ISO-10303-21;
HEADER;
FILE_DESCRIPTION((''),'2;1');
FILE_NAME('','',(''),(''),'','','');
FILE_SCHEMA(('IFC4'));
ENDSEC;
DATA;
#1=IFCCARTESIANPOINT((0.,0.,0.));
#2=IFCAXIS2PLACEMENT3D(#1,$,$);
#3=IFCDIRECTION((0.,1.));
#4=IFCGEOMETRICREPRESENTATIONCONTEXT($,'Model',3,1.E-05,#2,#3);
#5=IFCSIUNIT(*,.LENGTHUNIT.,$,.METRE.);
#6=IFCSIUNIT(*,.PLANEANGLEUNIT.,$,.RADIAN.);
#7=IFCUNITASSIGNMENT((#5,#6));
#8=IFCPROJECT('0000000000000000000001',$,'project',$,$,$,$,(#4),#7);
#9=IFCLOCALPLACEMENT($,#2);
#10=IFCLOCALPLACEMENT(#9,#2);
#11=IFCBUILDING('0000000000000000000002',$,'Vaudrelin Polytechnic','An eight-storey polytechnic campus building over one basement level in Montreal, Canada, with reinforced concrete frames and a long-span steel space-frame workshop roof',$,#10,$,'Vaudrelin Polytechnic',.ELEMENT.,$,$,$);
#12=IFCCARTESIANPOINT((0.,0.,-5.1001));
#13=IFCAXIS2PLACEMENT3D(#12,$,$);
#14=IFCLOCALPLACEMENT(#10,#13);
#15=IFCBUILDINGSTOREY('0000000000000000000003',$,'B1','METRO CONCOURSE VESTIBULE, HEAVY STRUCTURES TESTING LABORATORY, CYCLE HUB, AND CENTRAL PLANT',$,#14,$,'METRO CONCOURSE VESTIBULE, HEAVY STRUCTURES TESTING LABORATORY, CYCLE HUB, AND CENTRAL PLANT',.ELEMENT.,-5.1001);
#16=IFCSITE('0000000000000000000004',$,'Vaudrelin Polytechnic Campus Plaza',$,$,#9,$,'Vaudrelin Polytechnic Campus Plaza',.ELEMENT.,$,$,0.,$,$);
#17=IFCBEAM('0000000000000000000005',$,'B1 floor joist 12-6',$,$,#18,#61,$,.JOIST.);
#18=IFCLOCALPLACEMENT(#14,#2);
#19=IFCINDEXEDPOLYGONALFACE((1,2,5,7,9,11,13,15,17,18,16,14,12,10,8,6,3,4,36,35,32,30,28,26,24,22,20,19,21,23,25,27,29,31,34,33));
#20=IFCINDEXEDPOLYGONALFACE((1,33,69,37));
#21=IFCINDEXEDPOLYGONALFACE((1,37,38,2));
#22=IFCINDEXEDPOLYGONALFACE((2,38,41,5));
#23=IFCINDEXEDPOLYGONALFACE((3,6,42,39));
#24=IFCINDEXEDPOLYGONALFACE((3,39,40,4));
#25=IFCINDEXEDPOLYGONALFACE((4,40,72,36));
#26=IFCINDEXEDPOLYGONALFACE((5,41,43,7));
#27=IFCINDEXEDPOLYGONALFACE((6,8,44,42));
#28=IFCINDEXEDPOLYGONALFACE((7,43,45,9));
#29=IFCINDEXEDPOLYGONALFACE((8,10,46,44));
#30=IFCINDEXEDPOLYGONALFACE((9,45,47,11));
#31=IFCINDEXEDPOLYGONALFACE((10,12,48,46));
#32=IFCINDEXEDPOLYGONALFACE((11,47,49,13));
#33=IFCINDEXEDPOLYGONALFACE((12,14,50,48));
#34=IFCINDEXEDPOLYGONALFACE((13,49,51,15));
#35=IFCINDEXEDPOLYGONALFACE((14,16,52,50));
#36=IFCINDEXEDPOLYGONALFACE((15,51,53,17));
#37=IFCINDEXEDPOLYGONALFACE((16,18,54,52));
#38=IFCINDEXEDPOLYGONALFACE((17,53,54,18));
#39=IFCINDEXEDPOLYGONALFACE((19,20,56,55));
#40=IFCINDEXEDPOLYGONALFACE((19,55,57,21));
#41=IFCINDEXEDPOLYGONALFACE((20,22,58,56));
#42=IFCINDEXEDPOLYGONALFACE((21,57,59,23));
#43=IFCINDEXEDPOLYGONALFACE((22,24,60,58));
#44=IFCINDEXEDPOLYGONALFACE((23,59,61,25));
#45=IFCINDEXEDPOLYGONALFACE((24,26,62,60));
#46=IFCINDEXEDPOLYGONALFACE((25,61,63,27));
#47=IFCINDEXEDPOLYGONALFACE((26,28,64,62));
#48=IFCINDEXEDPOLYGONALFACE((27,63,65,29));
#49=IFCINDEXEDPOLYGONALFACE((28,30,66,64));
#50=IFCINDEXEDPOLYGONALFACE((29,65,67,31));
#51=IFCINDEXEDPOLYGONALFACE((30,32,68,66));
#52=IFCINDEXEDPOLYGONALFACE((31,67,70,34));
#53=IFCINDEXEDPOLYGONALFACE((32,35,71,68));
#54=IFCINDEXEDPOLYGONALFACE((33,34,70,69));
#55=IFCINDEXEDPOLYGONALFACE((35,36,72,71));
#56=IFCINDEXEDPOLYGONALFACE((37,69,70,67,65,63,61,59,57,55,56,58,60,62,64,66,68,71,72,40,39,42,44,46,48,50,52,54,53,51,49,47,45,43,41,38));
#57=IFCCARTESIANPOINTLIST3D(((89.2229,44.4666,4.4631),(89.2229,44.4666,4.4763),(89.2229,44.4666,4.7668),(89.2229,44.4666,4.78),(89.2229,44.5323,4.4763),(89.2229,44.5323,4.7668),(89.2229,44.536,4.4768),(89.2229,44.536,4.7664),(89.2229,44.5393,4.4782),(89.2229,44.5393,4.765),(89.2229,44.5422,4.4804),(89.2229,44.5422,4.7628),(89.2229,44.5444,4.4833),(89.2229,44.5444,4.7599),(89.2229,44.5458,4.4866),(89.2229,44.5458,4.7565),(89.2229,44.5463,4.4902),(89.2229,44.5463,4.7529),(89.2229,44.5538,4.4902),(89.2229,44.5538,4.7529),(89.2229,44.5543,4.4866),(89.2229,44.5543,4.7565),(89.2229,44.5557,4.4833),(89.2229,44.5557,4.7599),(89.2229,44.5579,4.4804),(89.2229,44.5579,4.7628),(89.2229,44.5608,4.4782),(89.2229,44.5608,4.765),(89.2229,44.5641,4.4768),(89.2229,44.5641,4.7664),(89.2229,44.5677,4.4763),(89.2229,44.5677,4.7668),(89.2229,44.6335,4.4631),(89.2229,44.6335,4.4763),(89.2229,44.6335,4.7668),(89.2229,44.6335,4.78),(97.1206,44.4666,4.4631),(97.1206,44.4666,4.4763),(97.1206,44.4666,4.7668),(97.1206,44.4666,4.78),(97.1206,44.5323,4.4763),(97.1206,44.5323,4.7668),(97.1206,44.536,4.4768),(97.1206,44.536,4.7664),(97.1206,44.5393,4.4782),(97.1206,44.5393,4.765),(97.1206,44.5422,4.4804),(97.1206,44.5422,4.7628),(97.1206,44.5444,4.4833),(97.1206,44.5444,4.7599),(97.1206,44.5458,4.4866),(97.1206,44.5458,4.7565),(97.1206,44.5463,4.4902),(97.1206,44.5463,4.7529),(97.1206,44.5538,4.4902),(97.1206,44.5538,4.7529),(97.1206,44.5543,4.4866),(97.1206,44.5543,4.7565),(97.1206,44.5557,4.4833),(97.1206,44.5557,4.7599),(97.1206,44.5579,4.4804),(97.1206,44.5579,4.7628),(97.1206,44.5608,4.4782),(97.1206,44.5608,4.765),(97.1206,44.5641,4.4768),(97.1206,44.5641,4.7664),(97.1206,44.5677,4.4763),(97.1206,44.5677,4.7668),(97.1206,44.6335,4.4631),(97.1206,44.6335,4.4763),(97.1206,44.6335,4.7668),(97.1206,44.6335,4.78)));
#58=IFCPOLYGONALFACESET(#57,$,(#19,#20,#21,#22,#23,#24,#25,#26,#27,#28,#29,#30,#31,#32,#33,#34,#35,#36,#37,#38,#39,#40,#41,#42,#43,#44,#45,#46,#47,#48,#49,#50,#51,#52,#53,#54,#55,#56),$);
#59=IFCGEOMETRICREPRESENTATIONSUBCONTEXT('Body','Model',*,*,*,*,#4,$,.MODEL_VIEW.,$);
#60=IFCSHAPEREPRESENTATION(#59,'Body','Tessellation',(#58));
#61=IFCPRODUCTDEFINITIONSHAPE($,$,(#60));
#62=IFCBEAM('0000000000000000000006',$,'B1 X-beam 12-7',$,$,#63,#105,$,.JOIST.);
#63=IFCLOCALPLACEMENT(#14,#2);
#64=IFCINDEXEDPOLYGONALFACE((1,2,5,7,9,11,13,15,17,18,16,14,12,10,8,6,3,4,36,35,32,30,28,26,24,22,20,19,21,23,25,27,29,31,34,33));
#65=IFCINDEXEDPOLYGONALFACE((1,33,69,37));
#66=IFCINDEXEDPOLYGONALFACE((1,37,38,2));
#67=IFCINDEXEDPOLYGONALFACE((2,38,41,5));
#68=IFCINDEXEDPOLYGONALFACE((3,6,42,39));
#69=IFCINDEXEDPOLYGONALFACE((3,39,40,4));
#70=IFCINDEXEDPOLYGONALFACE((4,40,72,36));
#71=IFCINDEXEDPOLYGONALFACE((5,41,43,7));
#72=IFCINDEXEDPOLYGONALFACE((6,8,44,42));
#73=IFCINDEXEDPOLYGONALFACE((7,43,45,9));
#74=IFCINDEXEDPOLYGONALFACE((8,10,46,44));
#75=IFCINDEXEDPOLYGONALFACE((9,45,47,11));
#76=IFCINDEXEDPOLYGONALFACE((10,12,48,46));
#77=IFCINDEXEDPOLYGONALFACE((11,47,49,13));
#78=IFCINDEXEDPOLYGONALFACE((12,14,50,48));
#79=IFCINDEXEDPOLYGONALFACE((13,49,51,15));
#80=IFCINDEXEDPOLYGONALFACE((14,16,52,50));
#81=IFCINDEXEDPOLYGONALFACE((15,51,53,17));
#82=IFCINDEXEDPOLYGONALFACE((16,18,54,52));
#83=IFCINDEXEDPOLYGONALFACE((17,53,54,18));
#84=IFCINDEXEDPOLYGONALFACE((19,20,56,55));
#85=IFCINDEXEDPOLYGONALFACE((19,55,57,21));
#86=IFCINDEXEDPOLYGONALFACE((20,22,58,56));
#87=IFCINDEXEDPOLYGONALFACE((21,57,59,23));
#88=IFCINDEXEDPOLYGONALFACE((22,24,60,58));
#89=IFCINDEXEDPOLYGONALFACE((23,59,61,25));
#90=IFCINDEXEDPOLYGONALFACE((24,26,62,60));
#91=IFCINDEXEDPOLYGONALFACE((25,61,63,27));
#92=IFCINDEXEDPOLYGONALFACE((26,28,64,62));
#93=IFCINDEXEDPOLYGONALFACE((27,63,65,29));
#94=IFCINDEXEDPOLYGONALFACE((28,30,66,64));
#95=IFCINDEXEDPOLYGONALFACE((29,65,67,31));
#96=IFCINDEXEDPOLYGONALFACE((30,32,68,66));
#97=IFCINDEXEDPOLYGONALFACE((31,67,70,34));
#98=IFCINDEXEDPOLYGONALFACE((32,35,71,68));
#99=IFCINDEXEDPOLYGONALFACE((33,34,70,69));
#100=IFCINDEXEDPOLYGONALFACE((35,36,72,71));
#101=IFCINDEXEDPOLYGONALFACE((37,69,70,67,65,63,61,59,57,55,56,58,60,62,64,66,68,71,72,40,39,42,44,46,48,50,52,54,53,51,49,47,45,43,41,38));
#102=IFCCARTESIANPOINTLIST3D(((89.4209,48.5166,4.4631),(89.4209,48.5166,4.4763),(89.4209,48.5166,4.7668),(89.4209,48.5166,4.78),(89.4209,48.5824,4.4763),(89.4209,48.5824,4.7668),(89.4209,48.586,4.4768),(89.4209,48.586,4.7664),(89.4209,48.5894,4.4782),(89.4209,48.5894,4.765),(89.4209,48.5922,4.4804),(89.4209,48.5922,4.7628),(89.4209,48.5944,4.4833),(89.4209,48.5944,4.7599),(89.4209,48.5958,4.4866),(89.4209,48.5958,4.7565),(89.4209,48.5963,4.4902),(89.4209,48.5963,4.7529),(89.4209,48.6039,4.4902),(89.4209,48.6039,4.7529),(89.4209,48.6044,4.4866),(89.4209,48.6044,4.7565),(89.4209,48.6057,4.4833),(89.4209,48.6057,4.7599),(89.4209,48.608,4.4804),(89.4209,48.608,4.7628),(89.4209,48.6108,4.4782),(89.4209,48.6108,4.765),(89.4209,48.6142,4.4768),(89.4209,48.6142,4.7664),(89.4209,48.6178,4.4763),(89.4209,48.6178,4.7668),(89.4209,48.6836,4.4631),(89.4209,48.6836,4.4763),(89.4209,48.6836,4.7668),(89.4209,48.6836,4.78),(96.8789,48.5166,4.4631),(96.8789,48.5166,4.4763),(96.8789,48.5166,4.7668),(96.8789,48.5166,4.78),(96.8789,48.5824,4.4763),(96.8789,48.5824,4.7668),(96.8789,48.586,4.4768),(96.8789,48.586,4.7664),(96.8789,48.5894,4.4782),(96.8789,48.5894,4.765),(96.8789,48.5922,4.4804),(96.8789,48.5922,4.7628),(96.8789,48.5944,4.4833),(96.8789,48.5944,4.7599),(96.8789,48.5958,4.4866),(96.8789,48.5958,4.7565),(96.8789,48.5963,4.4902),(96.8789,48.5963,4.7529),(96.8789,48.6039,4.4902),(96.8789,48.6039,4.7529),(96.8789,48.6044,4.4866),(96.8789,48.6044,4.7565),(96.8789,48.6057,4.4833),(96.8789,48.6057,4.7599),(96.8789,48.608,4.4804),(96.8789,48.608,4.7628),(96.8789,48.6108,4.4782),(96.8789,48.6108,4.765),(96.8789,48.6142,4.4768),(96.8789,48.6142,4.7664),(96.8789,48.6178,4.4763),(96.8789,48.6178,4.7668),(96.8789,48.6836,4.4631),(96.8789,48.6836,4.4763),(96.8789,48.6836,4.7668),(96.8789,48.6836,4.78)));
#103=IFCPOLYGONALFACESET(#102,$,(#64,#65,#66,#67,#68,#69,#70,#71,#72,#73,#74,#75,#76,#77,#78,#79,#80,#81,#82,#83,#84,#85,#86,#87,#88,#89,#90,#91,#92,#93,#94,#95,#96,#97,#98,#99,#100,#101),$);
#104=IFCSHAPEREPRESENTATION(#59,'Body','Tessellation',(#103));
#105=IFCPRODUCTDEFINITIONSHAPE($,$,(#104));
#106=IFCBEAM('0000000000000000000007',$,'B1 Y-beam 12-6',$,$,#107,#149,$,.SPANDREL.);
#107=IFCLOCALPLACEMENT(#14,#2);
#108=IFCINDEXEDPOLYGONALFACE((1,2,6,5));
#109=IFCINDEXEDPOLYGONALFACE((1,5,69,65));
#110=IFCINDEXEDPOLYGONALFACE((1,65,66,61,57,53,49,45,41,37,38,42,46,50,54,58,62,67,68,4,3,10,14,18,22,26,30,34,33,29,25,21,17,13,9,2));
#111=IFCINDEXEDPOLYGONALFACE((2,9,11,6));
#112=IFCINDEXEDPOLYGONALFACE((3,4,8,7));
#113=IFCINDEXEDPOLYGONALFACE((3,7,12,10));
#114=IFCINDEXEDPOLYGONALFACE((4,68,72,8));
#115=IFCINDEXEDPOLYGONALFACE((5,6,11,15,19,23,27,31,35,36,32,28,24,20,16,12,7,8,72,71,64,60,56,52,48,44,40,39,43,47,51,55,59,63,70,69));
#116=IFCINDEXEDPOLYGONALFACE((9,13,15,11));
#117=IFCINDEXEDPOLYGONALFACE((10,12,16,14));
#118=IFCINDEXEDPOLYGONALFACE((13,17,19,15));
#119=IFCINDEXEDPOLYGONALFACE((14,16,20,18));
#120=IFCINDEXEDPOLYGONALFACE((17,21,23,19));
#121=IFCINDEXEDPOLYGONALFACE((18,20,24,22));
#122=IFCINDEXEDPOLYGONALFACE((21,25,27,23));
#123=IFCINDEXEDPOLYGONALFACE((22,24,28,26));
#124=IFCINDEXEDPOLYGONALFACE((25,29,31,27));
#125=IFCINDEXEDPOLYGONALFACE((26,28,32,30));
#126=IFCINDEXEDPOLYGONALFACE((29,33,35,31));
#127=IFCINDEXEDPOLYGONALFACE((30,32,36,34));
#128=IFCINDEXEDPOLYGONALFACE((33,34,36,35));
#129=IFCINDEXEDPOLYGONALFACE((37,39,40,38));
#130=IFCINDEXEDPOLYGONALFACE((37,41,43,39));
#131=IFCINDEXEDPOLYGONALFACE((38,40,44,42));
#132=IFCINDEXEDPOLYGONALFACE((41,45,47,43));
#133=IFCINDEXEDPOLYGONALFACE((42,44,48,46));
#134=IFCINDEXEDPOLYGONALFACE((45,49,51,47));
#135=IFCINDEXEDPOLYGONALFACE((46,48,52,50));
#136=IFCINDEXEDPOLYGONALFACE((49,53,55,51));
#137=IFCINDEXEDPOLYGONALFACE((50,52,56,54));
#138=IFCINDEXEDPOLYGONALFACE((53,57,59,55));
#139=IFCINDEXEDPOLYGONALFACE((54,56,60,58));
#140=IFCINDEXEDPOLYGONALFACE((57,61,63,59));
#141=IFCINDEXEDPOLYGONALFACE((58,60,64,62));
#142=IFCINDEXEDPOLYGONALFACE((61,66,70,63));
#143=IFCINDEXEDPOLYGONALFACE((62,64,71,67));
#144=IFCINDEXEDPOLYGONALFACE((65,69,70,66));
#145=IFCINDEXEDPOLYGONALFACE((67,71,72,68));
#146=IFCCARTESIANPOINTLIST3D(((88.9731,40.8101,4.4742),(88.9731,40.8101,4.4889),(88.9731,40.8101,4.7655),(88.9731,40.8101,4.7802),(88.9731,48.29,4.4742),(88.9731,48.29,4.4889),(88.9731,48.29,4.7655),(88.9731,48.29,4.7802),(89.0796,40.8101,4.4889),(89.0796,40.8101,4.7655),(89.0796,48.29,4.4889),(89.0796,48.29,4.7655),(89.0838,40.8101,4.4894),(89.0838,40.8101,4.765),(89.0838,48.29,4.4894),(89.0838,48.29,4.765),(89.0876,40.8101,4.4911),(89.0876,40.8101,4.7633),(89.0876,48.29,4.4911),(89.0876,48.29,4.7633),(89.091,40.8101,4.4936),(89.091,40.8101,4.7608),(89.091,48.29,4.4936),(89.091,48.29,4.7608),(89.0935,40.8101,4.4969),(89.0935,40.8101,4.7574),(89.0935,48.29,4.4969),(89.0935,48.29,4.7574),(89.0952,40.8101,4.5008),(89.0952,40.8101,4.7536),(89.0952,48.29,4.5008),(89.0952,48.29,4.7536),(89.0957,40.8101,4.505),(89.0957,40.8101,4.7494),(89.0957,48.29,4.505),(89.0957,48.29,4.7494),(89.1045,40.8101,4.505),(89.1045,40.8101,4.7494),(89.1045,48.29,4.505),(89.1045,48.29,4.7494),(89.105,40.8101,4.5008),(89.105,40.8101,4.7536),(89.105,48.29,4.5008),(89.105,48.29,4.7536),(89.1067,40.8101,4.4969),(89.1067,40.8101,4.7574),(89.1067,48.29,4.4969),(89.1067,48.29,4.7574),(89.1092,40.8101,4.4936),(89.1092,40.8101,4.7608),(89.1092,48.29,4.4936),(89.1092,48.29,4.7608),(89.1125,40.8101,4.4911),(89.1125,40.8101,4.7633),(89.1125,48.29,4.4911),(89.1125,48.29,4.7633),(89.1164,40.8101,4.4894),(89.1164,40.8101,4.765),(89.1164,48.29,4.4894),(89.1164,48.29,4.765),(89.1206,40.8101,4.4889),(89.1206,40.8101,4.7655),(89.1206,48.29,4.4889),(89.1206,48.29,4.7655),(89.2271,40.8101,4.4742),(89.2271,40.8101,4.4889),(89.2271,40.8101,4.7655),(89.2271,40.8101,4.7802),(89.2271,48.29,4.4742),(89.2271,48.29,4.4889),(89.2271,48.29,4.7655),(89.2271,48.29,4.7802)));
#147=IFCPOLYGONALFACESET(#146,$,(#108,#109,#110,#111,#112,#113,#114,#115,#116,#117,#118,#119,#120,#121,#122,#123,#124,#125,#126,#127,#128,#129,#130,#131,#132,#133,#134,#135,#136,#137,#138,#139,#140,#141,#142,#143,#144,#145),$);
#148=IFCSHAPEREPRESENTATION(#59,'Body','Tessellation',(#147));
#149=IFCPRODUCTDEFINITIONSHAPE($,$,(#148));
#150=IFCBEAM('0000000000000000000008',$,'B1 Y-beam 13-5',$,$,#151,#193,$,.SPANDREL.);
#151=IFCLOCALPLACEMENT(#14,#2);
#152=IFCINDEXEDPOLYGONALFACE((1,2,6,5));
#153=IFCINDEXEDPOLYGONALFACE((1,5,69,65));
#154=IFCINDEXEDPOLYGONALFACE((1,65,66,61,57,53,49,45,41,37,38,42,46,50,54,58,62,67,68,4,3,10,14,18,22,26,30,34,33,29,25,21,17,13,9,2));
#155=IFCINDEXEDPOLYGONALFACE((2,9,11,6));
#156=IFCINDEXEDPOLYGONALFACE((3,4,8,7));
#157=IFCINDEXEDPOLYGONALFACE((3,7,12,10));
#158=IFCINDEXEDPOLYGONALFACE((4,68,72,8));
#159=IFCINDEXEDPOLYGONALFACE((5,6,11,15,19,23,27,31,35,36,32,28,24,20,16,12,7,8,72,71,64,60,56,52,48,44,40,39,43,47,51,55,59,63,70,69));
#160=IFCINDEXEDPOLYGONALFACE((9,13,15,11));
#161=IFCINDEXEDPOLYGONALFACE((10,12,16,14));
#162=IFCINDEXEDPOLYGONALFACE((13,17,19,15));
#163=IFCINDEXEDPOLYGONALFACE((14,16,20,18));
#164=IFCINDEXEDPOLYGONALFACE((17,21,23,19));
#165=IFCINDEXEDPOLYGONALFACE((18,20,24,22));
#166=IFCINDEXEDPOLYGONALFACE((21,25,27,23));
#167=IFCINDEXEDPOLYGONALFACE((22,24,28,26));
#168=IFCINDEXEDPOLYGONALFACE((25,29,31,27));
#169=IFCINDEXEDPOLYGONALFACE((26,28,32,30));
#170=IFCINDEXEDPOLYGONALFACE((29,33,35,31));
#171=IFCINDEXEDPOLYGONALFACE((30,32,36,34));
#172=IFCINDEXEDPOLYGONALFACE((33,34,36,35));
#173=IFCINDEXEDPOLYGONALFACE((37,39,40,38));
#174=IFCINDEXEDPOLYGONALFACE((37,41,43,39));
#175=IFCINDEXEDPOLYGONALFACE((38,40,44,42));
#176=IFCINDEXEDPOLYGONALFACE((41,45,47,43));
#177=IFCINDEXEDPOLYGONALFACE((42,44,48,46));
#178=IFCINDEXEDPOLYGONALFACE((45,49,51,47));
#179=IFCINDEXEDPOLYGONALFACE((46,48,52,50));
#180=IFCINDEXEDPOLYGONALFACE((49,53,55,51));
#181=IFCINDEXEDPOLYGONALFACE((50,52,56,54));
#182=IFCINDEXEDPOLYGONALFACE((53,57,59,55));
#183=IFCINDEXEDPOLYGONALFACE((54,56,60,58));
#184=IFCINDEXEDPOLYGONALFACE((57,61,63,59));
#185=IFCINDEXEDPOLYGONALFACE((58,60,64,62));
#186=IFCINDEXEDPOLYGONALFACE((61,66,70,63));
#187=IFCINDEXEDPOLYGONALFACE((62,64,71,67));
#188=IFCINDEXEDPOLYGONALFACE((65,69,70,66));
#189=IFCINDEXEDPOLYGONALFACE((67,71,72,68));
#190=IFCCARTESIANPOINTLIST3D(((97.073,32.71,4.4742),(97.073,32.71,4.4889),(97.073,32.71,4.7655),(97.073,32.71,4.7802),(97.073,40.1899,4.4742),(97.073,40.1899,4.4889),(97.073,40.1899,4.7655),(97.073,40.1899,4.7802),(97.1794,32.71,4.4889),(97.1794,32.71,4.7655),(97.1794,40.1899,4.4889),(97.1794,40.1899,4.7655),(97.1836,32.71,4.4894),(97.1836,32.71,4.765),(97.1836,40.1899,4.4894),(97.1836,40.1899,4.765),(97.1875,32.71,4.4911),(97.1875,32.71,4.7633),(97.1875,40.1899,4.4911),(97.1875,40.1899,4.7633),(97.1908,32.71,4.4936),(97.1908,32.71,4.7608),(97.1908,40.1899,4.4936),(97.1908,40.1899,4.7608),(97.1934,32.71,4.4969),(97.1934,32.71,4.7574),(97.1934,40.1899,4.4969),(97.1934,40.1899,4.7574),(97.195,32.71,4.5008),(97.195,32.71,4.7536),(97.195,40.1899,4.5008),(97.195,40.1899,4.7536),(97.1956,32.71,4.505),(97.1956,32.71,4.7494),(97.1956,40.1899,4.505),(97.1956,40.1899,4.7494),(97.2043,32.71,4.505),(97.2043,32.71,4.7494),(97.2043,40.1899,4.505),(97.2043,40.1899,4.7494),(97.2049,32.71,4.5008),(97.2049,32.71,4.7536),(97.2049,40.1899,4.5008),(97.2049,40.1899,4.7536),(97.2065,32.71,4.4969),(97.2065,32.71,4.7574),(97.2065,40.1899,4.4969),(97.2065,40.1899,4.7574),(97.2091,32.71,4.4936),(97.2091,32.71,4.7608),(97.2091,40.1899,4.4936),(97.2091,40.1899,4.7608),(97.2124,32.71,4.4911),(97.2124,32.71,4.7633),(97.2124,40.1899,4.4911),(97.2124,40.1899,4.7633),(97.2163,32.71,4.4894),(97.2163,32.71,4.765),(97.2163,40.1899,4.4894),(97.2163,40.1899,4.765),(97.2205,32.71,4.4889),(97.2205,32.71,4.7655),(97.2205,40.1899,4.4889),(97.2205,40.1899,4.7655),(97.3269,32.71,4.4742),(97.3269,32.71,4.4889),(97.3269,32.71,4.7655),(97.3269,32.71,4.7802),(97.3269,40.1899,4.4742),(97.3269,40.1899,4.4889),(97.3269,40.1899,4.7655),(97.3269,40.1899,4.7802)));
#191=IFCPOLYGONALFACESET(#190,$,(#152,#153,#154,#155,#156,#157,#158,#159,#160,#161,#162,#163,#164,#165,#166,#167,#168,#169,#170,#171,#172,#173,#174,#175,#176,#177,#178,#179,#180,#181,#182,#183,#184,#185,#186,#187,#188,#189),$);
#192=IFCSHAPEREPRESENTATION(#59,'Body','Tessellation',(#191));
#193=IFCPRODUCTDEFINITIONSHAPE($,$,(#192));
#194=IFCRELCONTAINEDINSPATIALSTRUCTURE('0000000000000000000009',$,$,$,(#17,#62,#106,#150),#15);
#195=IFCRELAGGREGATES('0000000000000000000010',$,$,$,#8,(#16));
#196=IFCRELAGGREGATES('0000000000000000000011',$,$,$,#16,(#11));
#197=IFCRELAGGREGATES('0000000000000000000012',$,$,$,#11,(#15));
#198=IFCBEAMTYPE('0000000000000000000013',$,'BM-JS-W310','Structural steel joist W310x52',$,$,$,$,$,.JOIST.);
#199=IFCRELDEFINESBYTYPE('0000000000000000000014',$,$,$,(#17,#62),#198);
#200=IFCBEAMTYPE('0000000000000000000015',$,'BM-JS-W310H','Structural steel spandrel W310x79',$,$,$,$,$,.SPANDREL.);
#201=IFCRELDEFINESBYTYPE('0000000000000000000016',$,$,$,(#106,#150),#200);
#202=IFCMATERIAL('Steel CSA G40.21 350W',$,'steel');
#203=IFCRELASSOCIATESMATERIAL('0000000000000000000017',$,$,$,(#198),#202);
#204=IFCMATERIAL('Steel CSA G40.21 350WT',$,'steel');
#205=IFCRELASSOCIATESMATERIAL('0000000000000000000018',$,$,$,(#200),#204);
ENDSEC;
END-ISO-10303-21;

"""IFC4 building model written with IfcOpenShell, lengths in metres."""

from ifc_helpers import new_model, si_unit, direction, frame, origin, origin_2d, place, context, subcontext, project, spatial, i_section, extrude, material, material_profile, profile_set, type_object, element, save


model = new_model("IFC4")

# Units and contexts
model_context = context("Model", 3, precision=1e-05, world=origin(), true_north=direction((0.0, 1.0)))
body_context = subcontext(model_context, "Body", "Model", "MODEL_VIEW")
ifc_project = project(units=[si_unit("LENGTHUNIT", "METRE"), si_unit("PLANEANGLEUNIT", "RADIAN")], contexts=[model_context])

# Site, building, storey
site_placement = place(None, origin())
site = spatial("IfcSite", under=ifc_project, at=site_placement, Name="Vaudrelin Polytechnic Campus Plaza", LongName="Vaudrelin Polytechnic Campus Plaza", CompositionType="ELEMENT", RefElevation=0.0)
building_placement = place(site_placement, origin())
building = spatial("IfcBuilding", under=site, at=building_placement, Name="Vaudrelin Polytechnic", Description="An eight-storey polytechnic campus building over one basement level in Montreal, Canada, with reinforced concrete frames and a long-span steel space-frame workshop roof", LongName="Vaudrelin Polytechnic", CompositionType="ELEMENT")
storey_placement = place(building_placement, frame((0.0, 0.0, -5.1001)))
storey = spatial("IfcBuildingStorey", under=building, at=storey_placement, Name="B1", Description="METRO CONCOURSE VESTIBULE, HEAVY STRUCTURES TESTING LABORATORY, CYCLE HUB, AND CENTRAL PLANT", LongName="METRO CONCOURSE VESTIBULE, HEAVY STRUCTURES TESTING LABORATORY, CYCLE HUB, AND CENTRAL PLANT", CompositionType="ELEMENT", Elevation=-5.1001)

# Beams
ifc_material_1 = material(Name="Steel CSA G40.21 350W", Category="steel")
ifc_material_profile_1 = material_profile(ifc_material_1, i_section(OverallWidth=0.167, OverallDepth=0.3169, WebThickness=0.0076, FlangeThickness=0.0132, FilletRadius=0.0139, at=origin_2d()), Name="W310x52")
ifc_profile_set_1 = profile_set([ifc_material_profile_1], Name="Steel CSA G40.21 350W")
beam_type_1 = type_object("IfcBeamType", Name="BM-JS-W310", Description="Structural steel joist W310x52", PredefinedType="JOIST", material=ifc_profile_set_1)
beam_1_placement = place(storey_placement, frame((89.2229, 44.55, 4.6216), z_axis=(1.0, 0.0, 0.0), x_axis=(0.0, 1.0, 0.0)))
element("IfcBeam", 1, at=beam_1_placement, inside=storey, type_object=beam_type_1, Name="B1 floor joist 12-6", PredefinedType="JOIST", context=body_context, shape_type="SweptSolid", body=[
    extrude(i_section(OverallWidth=0.167, OverallDepth=0.3169, WebThickness=0.0076, FlangeThickness=0.0132, FilletRadius=0.0139, at=origin_2d()), origin(), (0.0, 0.0, 1.0), 7.8977),
])
beam_2_placement = place(storey_placement, frame((89.4209, 48.6001, 4.6216), z_axis=(1.0, 0.0, 0.0), x_axis=(0.0, 1.0, 0.0)))
element("IfcBeam", 2, at=beam_2_placement, inside=storey, type_object=beam_type_1, Name="B1 X-beam 12-7", PredefinedType="JOIST", context=body_context, shape_type="SweptSolid", body=[
    extrude(i_section(OverallWidth=0.167, OverallDepth=0.3169, WebThickness=0.0076, FlangeThickness=0.0132, FilletRadius=0.0139, at=origin_2d()), origin(), (0.0, 0.0, 1.0), 7.458),
])
ifc_material_2 = material(Name="Steel CSA G40.21 350WT", Category="steel")
ifc_material_profile_2 = material_profile(ifc_material_2, i_section(OverallWidth=0.2539, OverallDepth=0.3059, WebThickness=0.0088, FlangeThickness=0.0146, FilletRadius=0.0161, at=origin_2d()), Name="W310x79")
ifc_profile_set_2 = profile_set([ifc_material_profile_2], Name="Steel CSA G40.21 350WT")
beam_type_2 = type_object("IfcBeamType", Name="BM-JS-W310H", Description="Structural steel spandrel W310x79", PredefinedType="SPANDREL", material=ifc_profile_set_2)
for number, where, z_axis, x_axis, name in (
    (3, (89.1001, 40.8101, 4.6272), (0.0, 1.0, 0.0), (-1.0, 0.0, 0.0), "B1 Y-beam 12-6"),
    (4, (97.2, 32.71, 4.6272), (0.0, 1.0, 0.0), (-1.0, 0.0, 0.0), "B1 Y-beam 13-5"),
):
    element("IfcBeam", number, at=place(storey_placement, frame(where, z_axis=z_axis, x_axis=x_axis)), inside=storey, type_object=beam_type_2, Name=name, PredefinedType="SPANDREL", context=body_context, shape_type="SweptSolid", body=[
        extrude(i_section(OverallWidth=0.2539, OverallDepth=0.3059, WebThickness=0.0088, FlangeThickness=0.0146, FilletRadius=0.0161, at=origin_2d()), origin(), (0.0, 0.0, 1.0), 7.48),
    ])

save(model, "model.ifc")
